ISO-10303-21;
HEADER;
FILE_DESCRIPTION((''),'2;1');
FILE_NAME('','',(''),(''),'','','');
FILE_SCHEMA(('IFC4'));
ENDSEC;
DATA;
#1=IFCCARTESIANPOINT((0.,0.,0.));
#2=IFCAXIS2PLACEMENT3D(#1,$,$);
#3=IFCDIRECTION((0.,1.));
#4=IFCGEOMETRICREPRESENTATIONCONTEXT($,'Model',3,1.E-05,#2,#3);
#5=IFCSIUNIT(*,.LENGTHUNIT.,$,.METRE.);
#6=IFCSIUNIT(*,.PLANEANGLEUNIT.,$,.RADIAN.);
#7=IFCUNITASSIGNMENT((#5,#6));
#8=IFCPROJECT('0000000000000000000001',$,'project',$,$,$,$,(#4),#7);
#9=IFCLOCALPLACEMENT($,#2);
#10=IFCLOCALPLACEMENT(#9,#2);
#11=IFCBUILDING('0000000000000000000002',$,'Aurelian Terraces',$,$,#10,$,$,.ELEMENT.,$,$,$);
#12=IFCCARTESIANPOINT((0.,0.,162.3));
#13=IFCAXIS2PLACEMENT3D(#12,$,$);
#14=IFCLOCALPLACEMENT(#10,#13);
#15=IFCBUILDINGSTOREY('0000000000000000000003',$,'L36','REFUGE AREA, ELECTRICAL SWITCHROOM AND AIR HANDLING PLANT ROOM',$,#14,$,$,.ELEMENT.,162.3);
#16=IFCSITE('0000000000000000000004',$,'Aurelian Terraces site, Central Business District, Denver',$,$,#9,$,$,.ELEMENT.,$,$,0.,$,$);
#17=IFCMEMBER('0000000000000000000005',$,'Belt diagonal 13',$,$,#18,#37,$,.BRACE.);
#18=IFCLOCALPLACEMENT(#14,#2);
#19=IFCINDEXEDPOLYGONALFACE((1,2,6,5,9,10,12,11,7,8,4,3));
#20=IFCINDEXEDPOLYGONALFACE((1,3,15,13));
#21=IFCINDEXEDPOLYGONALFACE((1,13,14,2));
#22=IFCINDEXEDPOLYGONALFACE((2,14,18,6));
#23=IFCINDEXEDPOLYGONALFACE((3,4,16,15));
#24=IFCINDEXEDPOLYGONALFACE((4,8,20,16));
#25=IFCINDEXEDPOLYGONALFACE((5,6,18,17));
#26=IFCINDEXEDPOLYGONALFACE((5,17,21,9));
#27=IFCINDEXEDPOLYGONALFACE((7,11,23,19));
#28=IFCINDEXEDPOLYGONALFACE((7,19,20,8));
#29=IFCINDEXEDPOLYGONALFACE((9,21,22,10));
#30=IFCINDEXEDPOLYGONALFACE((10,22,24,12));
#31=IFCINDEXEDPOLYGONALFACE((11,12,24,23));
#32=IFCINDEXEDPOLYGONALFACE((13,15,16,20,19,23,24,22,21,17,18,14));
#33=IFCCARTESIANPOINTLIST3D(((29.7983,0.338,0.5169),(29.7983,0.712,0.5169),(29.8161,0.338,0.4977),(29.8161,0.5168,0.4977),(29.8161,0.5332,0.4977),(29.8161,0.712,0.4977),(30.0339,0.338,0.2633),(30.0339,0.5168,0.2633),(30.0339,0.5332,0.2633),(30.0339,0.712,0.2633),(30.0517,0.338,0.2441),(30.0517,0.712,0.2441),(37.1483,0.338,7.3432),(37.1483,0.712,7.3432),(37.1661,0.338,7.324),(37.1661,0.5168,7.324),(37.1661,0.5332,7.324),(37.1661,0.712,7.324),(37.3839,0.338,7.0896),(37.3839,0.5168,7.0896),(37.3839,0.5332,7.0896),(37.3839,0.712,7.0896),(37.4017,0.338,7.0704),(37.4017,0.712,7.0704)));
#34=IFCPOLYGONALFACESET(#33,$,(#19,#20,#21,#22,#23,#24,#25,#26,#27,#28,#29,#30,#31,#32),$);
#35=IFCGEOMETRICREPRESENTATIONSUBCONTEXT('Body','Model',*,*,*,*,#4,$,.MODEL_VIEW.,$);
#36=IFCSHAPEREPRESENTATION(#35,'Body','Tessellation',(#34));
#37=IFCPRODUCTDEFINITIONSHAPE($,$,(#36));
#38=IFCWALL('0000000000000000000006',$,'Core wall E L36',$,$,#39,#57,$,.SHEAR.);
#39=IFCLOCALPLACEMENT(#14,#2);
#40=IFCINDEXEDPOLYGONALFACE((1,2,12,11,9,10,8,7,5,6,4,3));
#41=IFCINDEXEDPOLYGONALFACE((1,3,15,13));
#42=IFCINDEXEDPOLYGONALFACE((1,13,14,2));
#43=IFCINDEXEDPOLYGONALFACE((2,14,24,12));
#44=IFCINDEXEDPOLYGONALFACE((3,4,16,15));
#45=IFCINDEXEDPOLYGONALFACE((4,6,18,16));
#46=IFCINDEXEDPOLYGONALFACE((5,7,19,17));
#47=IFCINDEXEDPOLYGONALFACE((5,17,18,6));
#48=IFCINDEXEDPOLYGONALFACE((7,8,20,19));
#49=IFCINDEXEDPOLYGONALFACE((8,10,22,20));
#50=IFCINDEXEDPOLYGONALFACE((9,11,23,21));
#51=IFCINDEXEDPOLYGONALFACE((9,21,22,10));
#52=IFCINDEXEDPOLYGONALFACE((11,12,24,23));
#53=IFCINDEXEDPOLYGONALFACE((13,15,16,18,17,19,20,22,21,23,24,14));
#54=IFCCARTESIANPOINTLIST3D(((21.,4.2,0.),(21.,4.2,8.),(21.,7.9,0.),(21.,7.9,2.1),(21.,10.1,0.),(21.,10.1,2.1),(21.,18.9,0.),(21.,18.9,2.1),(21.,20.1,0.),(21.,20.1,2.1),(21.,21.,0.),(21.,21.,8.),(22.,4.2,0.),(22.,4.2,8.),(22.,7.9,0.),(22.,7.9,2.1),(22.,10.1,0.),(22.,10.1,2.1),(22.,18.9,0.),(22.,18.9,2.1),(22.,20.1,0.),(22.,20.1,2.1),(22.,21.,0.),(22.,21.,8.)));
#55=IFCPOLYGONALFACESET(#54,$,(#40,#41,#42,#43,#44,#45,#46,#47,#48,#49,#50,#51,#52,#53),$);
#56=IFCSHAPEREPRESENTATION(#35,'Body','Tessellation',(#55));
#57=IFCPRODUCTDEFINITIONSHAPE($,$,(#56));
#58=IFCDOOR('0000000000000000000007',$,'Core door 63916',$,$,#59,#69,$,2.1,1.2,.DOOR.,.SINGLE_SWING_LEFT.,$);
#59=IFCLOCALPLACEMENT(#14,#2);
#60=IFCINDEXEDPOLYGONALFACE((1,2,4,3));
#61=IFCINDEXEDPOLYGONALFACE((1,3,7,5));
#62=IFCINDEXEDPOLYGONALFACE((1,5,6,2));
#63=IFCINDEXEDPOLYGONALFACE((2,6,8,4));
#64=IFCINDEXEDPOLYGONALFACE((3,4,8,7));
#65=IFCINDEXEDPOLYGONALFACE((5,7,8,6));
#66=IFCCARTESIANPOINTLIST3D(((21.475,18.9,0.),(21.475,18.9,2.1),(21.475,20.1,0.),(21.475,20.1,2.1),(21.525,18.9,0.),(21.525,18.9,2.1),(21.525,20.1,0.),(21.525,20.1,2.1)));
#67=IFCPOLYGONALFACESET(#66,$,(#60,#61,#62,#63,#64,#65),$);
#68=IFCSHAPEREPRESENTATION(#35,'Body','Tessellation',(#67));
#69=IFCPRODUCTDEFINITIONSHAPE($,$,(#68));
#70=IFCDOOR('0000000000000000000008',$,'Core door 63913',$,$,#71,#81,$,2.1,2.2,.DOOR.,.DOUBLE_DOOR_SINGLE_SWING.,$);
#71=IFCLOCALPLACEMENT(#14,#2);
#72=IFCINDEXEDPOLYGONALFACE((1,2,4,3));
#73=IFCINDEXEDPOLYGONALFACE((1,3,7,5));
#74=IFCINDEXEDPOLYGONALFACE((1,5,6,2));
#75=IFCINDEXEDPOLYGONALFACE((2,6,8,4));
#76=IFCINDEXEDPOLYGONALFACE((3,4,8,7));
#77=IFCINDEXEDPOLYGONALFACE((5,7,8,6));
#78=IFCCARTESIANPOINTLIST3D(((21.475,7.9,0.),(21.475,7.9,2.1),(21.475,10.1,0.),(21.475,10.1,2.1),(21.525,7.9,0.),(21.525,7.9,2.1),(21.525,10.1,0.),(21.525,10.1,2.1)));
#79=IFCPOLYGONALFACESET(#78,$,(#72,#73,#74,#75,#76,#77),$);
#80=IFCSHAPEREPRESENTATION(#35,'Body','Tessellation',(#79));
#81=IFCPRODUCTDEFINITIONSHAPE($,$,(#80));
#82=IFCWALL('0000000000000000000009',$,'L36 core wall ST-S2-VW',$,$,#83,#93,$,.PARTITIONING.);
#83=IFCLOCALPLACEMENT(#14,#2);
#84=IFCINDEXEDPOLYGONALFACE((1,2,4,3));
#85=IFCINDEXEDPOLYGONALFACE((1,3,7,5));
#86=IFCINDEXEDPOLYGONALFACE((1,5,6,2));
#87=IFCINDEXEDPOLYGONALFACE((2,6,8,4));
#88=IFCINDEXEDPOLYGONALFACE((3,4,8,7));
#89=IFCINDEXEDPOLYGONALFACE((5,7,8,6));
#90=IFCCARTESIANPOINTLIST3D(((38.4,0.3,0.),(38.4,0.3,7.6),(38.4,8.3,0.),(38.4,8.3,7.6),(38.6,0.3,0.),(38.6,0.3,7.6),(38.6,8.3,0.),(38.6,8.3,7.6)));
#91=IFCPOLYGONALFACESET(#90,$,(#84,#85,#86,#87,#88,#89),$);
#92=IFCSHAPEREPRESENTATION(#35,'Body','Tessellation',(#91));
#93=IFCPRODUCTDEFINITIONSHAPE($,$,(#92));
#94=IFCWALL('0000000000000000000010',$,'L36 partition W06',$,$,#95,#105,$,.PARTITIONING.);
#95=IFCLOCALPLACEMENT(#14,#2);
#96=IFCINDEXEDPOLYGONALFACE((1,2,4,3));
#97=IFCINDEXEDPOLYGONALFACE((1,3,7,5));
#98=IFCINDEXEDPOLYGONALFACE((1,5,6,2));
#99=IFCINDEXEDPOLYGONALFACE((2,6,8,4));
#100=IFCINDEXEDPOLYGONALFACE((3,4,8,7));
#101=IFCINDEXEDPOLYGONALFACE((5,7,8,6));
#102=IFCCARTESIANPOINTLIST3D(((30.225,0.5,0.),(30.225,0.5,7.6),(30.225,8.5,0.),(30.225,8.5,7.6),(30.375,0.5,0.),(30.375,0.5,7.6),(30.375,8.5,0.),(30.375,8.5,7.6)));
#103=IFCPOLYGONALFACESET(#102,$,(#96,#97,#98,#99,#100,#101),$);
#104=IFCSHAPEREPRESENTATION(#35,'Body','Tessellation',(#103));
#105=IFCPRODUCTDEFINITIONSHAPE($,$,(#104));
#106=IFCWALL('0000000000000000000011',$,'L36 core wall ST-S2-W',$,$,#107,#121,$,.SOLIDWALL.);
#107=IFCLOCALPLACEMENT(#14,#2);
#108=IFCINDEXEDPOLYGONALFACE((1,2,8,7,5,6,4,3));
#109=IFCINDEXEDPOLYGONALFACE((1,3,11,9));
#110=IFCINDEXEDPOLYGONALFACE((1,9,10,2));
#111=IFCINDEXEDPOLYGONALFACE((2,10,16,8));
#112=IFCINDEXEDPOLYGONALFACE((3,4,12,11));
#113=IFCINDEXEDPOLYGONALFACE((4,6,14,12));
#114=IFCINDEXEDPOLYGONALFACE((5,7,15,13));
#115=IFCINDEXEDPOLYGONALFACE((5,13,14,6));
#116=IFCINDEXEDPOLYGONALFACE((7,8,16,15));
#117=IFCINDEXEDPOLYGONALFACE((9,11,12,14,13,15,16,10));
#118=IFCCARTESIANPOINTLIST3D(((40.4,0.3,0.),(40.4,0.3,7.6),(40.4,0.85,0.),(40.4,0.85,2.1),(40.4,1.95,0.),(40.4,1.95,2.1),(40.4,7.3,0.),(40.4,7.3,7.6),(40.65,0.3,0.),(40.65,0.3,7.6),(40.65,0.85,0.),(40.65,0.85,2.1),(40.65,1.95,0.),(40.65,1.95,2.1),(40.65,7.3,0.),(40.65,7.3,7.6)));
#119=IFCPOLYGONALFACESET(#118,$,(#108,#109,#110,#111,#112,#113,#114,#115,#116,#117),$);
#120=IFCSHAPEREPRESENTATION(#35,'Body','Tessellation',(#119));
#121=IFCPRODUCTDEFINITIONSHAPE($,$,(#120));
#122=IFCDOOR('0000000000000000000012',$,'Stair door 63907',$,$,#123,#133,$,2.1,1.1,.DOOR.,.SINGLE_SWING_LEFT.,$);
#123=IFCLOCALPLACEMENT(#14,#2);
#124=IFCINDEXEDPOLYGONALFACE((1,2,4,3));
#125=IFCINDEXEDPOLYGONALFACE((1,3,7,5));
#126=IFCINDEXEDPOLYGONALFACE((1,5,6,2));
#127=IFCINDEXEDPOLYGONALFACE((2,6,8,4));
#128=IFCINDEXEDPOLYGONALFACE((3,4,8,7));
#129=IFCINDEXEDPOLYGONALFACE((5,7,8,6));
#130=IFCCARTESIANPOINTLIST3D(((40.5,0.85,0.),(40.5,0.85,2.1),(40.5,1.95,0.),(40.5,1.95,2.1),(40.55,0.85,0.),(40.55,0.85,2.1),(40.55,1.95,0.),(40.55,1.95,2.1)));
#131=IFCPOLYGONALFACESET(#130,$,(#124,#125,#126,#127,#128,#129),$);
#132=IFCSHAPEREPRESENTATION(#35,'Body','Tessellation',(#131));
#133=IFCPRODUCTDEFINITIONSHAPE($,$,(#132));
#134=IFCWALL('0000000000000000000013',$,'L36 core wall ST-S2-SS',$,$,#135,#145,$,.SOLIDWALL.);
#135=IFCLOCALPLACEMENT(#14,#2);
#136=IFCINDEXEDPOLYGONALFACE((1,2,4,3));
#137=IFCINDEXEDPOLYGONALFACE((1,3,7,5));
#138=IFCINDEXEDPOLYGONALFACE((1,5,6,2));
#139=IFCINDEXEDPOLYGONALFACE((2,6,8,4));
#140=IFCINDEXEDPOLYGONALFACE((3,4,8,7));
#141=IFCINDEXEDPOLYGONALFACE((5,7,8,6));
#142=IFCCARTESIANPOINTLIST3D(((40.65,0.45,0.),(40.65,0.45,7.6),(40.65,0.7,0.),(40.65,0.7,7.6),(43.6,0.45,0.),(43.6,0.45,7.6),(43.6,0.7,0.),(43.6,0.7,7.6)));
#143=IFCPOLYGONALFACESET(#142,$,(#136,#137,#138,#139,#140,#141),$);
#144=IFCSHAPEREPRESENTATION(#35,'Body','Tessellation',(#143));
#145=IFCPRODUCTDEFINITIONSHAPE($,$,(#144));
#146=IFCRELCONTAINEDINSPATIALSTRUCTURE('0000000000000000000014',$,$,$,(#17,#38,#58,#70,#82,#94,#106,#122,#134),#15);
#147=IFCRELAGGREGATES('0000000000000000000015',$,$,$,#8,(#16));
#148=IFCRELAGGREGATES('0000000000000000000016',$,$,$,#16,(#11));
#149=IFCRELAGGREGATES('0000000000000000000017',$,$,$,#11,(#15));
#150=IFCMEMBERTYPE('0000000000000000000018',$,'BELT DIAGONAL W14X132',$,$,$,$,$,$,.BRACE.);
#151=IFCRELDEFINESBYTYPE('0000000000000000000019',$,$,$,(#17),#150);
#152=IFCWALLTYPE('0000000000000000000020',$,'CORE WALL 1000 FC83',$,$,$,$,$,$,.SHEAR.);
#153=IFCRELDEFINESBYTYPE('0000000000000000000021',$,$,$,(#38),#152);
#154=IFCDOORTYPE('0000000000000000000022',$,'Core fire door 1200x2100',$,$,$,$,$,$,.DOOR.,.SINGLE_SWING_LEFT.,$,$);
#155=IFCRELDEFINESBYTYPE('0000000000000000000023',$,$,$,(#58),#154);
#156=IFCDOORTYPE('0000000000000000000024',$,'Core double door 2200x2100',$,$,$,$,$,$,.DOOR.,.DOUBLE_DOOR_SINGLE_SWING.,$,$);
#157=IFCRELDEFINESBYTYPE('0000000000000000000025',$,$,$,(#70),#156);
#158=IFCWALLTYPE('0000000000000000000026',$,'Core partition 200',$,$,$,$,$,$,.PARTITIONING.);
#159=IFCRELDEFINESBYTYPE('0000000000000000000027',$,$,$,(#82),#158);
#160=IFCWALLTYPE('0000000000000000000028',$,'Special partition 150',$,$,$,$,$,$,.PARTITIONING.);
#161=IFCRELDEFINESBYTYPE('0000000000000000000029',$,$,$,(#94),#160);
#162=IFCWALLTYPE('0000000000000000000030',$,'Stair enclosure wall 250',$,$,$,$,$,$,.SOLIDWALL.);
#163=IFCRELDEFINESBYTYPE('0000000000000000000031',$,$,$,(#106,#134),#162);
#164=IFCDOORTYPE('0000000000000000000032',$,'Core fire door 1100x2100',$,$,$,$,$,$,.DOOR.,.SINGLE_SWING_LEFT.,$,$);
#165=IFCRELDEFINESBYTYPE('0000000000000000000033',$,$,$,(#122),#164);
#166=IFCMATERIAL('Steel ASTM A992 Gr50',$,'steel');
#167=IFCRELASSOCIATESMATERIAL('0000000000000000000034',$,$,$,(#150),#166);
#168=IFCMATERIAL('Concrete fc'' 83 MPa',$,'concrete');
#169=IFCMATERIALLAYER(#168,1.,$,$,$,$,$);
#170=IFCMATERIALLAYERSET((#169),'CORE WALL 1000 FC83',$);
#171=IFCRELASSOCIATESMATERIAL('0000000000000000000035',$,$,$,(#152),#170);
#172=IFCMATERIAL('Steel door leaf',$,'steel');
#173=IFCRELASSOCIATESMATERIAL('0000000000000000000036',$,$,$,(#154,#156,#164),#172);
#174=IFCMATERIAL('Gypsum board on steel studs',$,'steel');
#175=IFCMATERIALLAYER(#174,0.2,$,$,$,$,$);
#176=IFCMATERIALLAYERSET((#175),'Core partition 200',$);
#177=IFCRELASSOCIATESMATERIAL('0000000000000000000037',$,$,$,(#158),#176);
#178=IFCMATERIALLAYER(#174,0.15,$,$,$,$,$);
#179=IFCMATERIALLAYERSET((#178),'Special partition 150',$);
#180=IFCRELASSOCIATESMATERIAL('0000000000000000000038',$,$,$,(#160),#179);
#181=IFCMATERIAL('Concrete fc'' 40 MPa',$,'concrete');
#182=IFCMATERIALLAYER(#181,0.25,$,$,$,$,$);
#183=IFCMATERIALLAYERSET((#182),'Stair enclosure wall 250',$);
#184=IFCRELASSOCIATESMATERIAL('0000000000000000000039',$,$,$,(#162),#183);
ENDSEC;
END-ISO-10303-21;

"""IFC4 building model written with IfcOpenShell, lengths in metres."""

from ifc_helpers import new_model, si_unit, direction, frame, frame_2d, origin, origin_2d, place, context, subcontext, project, spatial, rectangle, i_section, extrude, source, transform, mapped, material, layer, layer_set, material_profile, profile_set, type_object, element, fill, save


model = new_model("IFC4")

# Units and contexts
model_context = context("Model", 3, precision=1e-05, world=origin(), true_north=direction((0.0, 1.0)))
body_context = subcontext(model_context, "Body", "Model", "MODEL_VIEW")
ifc_project = project(units=[si_unit("LENGTHUNIT", "METRE"), si_unit("PLANEANGLEUNIT", "RADIAN")], contexts=[model_context])

# Site, building, storey
site_placement = place(None, origin())
site = spatial("IfcSite", under=ifc_project, at=site_placement, Name="Aurelian Terraces site, Central Business District, Denver", CompositionType="ELEMENT", RefElevation=0.0)
building_placement = place(site_placement, origin())
building = spatial("IfcBuilding", under=site, at=building_placement, Name="Aurelian Terraces", CompositionType="ELEMENT")
storey_placement = place(building_placement, frame((0.0, 0.0, 162.3)))
storey = spatial("IfcBuildingStorey", under=building, at=storey_placement, Name="L36", Description="REFUGE AREA, ELECTRICAL SWITCHROOM AND AIR HANDLING PLANT ROOM", CompositionType="ELEMENT", Elevation=162.3)

# Shared definitions
ifc_material_1 = material(Name="Concrete fc' 83 MPa", Category="concrete")

# Shared definitions
ifc_material_2 = material(Name="Steel ASTM A992 Gr50", Category="steel")
ifc_material_profile_1 = material_profile(ifc_material_2, i_section(OverallWidth=0.374, OverallDepth=0.3724, WebThickness=0.0164, FlangeThickness=0.0262, at=origin_2d()))
ifc_profile_set_1 = profile_set([ifc_material_profile_1], Name="Steel ASTM A992 Gr50")
member_type = type_object("IfcMemberType", Name="BELT DIAGONAL W14X132", PredefinedType="BRACE", material=ifc_profile_set_1)

# Member
shared_shape_1 = source(origin(), body_context, "Body", "SweptSolid", [
    extrude(i_section(OverallWidth=0.374, OverallDepth=0.3724, WebThickness=0.0164, FlangeThickness=0.0262, at=origin_2d()), origin(), (0.0, 0.0, 1.0), 10.031),
])
member_1_placement = place(storey_placement, frame((29.925, 0.525, 0.3805), z_axis=(0.732729, 0.0, 0.680521), x_axis=(0.0, 1.0, 0.0)))
element("IfcMember", 1, at=member_1_placement, inside=storey, type_object=member_type, Name="Belt diagonal 13", PredefinedType="BRACE", context=body_context, shape_type="MappedRepresentation", body=[
    mapped(shared_shape_1, transform((0.0, 0.0, 0.0), scale=1.0)),
])

# Wall, openings, doors
ifc_layer_1 = layer(ifc_material_1, 1.0)
ifc_layer_set_1 = layer_set([ifc_layer_1], Name="CORE WALL 1000 FC83")
wall_type_1 = type_object("IfcWallType", Name="CORE WALL 1000 FC83", PredefinedType="SHEAR", material=ifc_layer_set_1)
wall_1_placement = place(storey_placement, frame((21.5, 4.2, 0.0), z_axis=(0.0, 0.0, 1.0), x_axis=(0.0, 1.0, 0.0)))
wall_1 = element("IfcWall", 2, at=wall_1_placement, inside=storey, type_object=wall_type_1, Name="Core wall E L36", PredefinedType="SHEAR", context=body_context, shape_type="SweptSolid", body=[
    extrude(rectangle(XDim=16.8, YDim=1.0, at=frame_2d((8.4, 0.0))), origin(), (0.0, 0.0, 1.0), 8.0),
])
shared_shape_2 = source(origin(), body_context, "Body", "SweptSolid", [
    extrude(rectangle(XDim=2.2, YDim=2.1, at=frame_2d((1.1, 1.05))), frame((0.0, 0.51, 0.0), z_axis=(0.0, -1.0, 0.0), x_axis=(1.0, 0.0, 0.0)), (0.0, 0.0, 1.0), 1.02),
])
opening_1_placement = place(wall_1_placement, frame((3.7, 0.0, 0.0)))
opening_1 = element("IfcOpeningElement", 3, at=opening_1_placement, cuts=wall_1, PredefinedType="OPENING", context=body_context, shape_type="MappedRepresentation", body=[
    mapped(shared_shape_2, transform((0.0, 0.0, 0.0), scale=1.0)),
])
shared_shape_3 = source(origin(), body_context, "Body", "SweptSolid", [
    extrude(rectangle(XDim=1.2, YDim=2.1, at=frame_2d((0.6, 1.05))), frame((0.0, 0.51, 0.0), z_axis=(0.0, -1.0, 0.0), x_axis=(1.0, 0.0, 0.0)), (0.0, 0.0, 1.0), 1.02),
])
opening_2_placement = place(wall_1_placement, frame((14.7, 0.0, 0.0)))
opening_2 = element("IfcOpeningElement", 4, at=opening_2_placement, cuts=wall_1, PredefinedType="OPENING", context=body_context, shape_type="MappedRepresentation", body=[
    mapped(shared_shape_3, transform((0.0, 0.0, 0.0), scale=1.0)),
])
ifc_material_3 = material(Name="Steel door leaf", Category="steel")
door_type_1 = type_object("IfcDoorType", Name="Core fire door 1200x2100", OperationType="SINGLE_SWING_LEFT", PredefinedType="DOOR", material=ifc_material_3)
shared_shape_4 = source(origin(), body_context, "Body", "SweptSolid", [
    extrude(rectangle(XDim=1.2, YDim=2.1, at=frame_2d((0.6, 1.05))), frame((0.0, 0.025, 0.0), z_axis=(0.0, -1.0, 0.0), x_axis=(1.0, 0.0, 0.0)), (0.0, 0.0, 1.0), 0.05),
])
door_1_placement = place(opening_2_placement, origin())
door_1 = element("IfcDoor", 5, at=door_1_placement, inside=storey, type_object=door_type_1, Name="Core door 63916", OperationType="SINGLE_SWING_LEFT", OverallHeight=2.1, OverallWidth=1.2, PredefinedType="DOOR", context=body_context, shape_type="MappedRepresentation", body=[
    mapped(shared_shape_4, transform((0.0, 0.0, 0.0), scale=1.0)),
])
fill(opening_2, door_1)
door_type_2 = type_object("IfcDoorType", Name="Core double door 2200x2100", OperationType="DOUBLE_DOOR_SINGLE_SWING", PredefinedType="DOOR", material=ifc_material_3)
shared_shape_5 = source(origin(), body_context, "Body", "SweptSolid", [
    extrude(rectangle(XDim=2.2, YDim=2.1, at=frame_2d((1.1, 1.05))), frame((0.0, 0.025, 0.0), z_axis=(0.0, -1.0, 0.0), x_axis=(1.0, 0.0, 0.0)), (0.0, 0.0, 1.0), 0.05),
])
door_2_placement = place(opening_1_placement, origin())
door_2 = element("IfcDoor", 6, at=door_2_placement, inside=storey, type_object=door_type_2, Name="Core door 63913", OperationType="DOUBLE_DOOR_SINGLE_SWING", OverallHeight=2.1, OverallWidth=2.2, PredefinedType="DOOR", context=body_context, shape_type="MappedRepresentation", body=[
    mapped(shared_shape_5, transform((0.0, 0.0, 0.0), scale=1.0)),
])
fill(opening_1, door_2)

# Walls
ifc_material_4 = material(Name="Gypsum board on steel studs", Category="steel")
ifc_layer_2 = layer(ifc_material_4, 0.2)
ifc_layer_set_2 = layer_set([ifc_layer_2], Name="Core partition 200")
wall_type_2 = type_object("IfcWallType", Name="Core partition 200", PredefinedType="PARTITIONING", material=ifc_layer_set_2)
wall_2_placement = place(storey_placement, frame((38.5, 0.3, 0.0), z_axis=(0.0, 0.0, 1.0), x_axis=(0.0, 1.0, 0.0)))
element("IfcWall", 7, at=wall_2_placement, inside=storey, type_object=wall_type_2, Name="L36 core wall ST-S2-VW", PredefinedType="PARTITIONING", context=body_context, shape_type="SweptSolid", body=[
    extrude(rectangle(XDim=8.0, YDim=0.2, at=frame_2d((4.0, 0.0))), origin(), (0.0, 0.0, 1.0), 7.6),
])
ifc_layer_3 = layer(ifc_material_4, 0.15)
ifc_layer_set_3 = layer_set([ifc_layer_3], Name="Special partition 150")
wall_type_3 = type_object("IfcWallType", Name="Special partition 150", PredefinedType="PARTITIONING", material=ifc_layer_set_3)
wall_3_placement = place(storey_placement, frame((30.3, 0.5, 0.0), z_axis=(0.0, 0.0, 1.0), x_axis=(0.0, 1.0, 0.0)))
element("IfcWall", 8, at=wall_3_placement, inside=storey, type_object=wall_type_3, Name="L36 partition W06", PredefinedType="PARTITIONING", context=body_context, shape_type="SweptSolid", body=[
    extrude(rectangle(XDim=8.0, YDim=0.15, at=frame_2d((4.0, 0.0))), origin(), (0.0, 0.0, 1.0), 7.6),
])

# Wall, opening, door
ifc_material_5 = material(Name="Concrete fc' 40 MPa", Category="concrete")
ifc_layer_4 = layer(ifc_material_5, 0.25)
ifc_layer_set_4 = layer_set([ifc_layer_4], Name="Stair enclosure wall 250")
wall_type_4 = type_object("IfcWallType", Name="Stair enclosure wall 250", PredefinedType="SOLIDWALL", material=ifc_layer_set_4)
wall_4_placement = place(storey_placement, frame((40.525, 0.3, 0.0), z_axis=(0.0, 0.0, 1.0), x_axis=(0.0, 1.0, 0.0)))
wall_4 = element("IfcWall", 9, at=wall_4_placement, inside=storey, type_object=wall_type_4, Name="L36 core wall ST-S2-W", PredefinedType="SOLIDWALL", context=body_context, shape_type="SweptSolid", body=[
    extrude(rectangle(XDim=7.0, YDim=0.25, at=frame_2d((3.5, 0.0))), origin(), (0.0, 0.0, 1.0), 7.6),
])
shared_shape_6 = source(origin(), body_context, "Body", "SweptSolid", [
    extrude(rectangle(XDim=1.1, YDim=2.1, at=frame_2d((0.55, 1.05))), frame((0.0, 0.135, 0.0), z_axis=(0.0, -1.0, 0.0), x_axis=(1.0, 0.0, 0.0)), (0.0, 0.0, 1.0), 0.27),
])
opening_3_placement = place(wall_4_placement, frame((0.55, 0.0, 0.0)))
opening_3 = element("IfcOpeningElement", 10, at=opening_3_placement, cuts=wall_4, PredefinedType="OPENING", context=body_context, shape_type="MappedRepresentation", body=[
    mapped(shared_shape_6, transform((0.0, 0.0, 0.0), scale=1.0)),
])
door_type_3 = type_object("IfcDoorType", Name="Core fire door 1100x2100", OperationType="SINGLE_SWING_LEFT", PredefinedType="DOOR", material=ifc_material_3)
shared_shape_7 = source(origin(), body_context, "Body", "SweptSolid", [
    extrude(rectangle(XDim=1.1, YDim=2.1, at=frame_2d((0.55, 1.05))), frame((0.0, 0.025, 0.0), z_axis=(0.0, -1.0, 0.0), x_axis=(1.0, 0.0, 0.0)), (0.0, 0.0, 1.0), 0.05),
])
door_3_placement = place(opening_3_placement, origin())
door_3 = element("IfcDoor", 11, at=door_3_placement, inside=storey, type_object=door_type_3, Name="Stair door 63907", OperationType="SINGLE_SWING_LEFT", OverallHeight=2.1, OverallWidth=1.1, PredefinedType="DOOR", context=body_context, shape_type="MappedRepresentation", body=[
    mapped(shared_shape_7, transform((0.0, 0.0, 0.0), scale=1.0)),
])
fill(opening_3, door_3)

# Wall
wall_5_placement = place(storey_placement, frame((40.65, 0.575, 0.0), z_axis=(0.0, 0.0, 1.0), x_axis=(1.0, 0.0, 0.0)))
element("IfcWall", 12, at=wall_5_placement, inside=storey, type_object=wall_type_4, Name="L36 core wall ST-S2-SS", PredefinedType="SOLIDWALL", context=body_context, shape_type="SweptSolid", body=[
    extrude(rectangle(XDim=2.95, YDim=0.25, at=frame_2d((1.475, 0.0))), origin(), (0.0, 0.0, 1.0), 7.6),
])

save(model, "model.ifc")
